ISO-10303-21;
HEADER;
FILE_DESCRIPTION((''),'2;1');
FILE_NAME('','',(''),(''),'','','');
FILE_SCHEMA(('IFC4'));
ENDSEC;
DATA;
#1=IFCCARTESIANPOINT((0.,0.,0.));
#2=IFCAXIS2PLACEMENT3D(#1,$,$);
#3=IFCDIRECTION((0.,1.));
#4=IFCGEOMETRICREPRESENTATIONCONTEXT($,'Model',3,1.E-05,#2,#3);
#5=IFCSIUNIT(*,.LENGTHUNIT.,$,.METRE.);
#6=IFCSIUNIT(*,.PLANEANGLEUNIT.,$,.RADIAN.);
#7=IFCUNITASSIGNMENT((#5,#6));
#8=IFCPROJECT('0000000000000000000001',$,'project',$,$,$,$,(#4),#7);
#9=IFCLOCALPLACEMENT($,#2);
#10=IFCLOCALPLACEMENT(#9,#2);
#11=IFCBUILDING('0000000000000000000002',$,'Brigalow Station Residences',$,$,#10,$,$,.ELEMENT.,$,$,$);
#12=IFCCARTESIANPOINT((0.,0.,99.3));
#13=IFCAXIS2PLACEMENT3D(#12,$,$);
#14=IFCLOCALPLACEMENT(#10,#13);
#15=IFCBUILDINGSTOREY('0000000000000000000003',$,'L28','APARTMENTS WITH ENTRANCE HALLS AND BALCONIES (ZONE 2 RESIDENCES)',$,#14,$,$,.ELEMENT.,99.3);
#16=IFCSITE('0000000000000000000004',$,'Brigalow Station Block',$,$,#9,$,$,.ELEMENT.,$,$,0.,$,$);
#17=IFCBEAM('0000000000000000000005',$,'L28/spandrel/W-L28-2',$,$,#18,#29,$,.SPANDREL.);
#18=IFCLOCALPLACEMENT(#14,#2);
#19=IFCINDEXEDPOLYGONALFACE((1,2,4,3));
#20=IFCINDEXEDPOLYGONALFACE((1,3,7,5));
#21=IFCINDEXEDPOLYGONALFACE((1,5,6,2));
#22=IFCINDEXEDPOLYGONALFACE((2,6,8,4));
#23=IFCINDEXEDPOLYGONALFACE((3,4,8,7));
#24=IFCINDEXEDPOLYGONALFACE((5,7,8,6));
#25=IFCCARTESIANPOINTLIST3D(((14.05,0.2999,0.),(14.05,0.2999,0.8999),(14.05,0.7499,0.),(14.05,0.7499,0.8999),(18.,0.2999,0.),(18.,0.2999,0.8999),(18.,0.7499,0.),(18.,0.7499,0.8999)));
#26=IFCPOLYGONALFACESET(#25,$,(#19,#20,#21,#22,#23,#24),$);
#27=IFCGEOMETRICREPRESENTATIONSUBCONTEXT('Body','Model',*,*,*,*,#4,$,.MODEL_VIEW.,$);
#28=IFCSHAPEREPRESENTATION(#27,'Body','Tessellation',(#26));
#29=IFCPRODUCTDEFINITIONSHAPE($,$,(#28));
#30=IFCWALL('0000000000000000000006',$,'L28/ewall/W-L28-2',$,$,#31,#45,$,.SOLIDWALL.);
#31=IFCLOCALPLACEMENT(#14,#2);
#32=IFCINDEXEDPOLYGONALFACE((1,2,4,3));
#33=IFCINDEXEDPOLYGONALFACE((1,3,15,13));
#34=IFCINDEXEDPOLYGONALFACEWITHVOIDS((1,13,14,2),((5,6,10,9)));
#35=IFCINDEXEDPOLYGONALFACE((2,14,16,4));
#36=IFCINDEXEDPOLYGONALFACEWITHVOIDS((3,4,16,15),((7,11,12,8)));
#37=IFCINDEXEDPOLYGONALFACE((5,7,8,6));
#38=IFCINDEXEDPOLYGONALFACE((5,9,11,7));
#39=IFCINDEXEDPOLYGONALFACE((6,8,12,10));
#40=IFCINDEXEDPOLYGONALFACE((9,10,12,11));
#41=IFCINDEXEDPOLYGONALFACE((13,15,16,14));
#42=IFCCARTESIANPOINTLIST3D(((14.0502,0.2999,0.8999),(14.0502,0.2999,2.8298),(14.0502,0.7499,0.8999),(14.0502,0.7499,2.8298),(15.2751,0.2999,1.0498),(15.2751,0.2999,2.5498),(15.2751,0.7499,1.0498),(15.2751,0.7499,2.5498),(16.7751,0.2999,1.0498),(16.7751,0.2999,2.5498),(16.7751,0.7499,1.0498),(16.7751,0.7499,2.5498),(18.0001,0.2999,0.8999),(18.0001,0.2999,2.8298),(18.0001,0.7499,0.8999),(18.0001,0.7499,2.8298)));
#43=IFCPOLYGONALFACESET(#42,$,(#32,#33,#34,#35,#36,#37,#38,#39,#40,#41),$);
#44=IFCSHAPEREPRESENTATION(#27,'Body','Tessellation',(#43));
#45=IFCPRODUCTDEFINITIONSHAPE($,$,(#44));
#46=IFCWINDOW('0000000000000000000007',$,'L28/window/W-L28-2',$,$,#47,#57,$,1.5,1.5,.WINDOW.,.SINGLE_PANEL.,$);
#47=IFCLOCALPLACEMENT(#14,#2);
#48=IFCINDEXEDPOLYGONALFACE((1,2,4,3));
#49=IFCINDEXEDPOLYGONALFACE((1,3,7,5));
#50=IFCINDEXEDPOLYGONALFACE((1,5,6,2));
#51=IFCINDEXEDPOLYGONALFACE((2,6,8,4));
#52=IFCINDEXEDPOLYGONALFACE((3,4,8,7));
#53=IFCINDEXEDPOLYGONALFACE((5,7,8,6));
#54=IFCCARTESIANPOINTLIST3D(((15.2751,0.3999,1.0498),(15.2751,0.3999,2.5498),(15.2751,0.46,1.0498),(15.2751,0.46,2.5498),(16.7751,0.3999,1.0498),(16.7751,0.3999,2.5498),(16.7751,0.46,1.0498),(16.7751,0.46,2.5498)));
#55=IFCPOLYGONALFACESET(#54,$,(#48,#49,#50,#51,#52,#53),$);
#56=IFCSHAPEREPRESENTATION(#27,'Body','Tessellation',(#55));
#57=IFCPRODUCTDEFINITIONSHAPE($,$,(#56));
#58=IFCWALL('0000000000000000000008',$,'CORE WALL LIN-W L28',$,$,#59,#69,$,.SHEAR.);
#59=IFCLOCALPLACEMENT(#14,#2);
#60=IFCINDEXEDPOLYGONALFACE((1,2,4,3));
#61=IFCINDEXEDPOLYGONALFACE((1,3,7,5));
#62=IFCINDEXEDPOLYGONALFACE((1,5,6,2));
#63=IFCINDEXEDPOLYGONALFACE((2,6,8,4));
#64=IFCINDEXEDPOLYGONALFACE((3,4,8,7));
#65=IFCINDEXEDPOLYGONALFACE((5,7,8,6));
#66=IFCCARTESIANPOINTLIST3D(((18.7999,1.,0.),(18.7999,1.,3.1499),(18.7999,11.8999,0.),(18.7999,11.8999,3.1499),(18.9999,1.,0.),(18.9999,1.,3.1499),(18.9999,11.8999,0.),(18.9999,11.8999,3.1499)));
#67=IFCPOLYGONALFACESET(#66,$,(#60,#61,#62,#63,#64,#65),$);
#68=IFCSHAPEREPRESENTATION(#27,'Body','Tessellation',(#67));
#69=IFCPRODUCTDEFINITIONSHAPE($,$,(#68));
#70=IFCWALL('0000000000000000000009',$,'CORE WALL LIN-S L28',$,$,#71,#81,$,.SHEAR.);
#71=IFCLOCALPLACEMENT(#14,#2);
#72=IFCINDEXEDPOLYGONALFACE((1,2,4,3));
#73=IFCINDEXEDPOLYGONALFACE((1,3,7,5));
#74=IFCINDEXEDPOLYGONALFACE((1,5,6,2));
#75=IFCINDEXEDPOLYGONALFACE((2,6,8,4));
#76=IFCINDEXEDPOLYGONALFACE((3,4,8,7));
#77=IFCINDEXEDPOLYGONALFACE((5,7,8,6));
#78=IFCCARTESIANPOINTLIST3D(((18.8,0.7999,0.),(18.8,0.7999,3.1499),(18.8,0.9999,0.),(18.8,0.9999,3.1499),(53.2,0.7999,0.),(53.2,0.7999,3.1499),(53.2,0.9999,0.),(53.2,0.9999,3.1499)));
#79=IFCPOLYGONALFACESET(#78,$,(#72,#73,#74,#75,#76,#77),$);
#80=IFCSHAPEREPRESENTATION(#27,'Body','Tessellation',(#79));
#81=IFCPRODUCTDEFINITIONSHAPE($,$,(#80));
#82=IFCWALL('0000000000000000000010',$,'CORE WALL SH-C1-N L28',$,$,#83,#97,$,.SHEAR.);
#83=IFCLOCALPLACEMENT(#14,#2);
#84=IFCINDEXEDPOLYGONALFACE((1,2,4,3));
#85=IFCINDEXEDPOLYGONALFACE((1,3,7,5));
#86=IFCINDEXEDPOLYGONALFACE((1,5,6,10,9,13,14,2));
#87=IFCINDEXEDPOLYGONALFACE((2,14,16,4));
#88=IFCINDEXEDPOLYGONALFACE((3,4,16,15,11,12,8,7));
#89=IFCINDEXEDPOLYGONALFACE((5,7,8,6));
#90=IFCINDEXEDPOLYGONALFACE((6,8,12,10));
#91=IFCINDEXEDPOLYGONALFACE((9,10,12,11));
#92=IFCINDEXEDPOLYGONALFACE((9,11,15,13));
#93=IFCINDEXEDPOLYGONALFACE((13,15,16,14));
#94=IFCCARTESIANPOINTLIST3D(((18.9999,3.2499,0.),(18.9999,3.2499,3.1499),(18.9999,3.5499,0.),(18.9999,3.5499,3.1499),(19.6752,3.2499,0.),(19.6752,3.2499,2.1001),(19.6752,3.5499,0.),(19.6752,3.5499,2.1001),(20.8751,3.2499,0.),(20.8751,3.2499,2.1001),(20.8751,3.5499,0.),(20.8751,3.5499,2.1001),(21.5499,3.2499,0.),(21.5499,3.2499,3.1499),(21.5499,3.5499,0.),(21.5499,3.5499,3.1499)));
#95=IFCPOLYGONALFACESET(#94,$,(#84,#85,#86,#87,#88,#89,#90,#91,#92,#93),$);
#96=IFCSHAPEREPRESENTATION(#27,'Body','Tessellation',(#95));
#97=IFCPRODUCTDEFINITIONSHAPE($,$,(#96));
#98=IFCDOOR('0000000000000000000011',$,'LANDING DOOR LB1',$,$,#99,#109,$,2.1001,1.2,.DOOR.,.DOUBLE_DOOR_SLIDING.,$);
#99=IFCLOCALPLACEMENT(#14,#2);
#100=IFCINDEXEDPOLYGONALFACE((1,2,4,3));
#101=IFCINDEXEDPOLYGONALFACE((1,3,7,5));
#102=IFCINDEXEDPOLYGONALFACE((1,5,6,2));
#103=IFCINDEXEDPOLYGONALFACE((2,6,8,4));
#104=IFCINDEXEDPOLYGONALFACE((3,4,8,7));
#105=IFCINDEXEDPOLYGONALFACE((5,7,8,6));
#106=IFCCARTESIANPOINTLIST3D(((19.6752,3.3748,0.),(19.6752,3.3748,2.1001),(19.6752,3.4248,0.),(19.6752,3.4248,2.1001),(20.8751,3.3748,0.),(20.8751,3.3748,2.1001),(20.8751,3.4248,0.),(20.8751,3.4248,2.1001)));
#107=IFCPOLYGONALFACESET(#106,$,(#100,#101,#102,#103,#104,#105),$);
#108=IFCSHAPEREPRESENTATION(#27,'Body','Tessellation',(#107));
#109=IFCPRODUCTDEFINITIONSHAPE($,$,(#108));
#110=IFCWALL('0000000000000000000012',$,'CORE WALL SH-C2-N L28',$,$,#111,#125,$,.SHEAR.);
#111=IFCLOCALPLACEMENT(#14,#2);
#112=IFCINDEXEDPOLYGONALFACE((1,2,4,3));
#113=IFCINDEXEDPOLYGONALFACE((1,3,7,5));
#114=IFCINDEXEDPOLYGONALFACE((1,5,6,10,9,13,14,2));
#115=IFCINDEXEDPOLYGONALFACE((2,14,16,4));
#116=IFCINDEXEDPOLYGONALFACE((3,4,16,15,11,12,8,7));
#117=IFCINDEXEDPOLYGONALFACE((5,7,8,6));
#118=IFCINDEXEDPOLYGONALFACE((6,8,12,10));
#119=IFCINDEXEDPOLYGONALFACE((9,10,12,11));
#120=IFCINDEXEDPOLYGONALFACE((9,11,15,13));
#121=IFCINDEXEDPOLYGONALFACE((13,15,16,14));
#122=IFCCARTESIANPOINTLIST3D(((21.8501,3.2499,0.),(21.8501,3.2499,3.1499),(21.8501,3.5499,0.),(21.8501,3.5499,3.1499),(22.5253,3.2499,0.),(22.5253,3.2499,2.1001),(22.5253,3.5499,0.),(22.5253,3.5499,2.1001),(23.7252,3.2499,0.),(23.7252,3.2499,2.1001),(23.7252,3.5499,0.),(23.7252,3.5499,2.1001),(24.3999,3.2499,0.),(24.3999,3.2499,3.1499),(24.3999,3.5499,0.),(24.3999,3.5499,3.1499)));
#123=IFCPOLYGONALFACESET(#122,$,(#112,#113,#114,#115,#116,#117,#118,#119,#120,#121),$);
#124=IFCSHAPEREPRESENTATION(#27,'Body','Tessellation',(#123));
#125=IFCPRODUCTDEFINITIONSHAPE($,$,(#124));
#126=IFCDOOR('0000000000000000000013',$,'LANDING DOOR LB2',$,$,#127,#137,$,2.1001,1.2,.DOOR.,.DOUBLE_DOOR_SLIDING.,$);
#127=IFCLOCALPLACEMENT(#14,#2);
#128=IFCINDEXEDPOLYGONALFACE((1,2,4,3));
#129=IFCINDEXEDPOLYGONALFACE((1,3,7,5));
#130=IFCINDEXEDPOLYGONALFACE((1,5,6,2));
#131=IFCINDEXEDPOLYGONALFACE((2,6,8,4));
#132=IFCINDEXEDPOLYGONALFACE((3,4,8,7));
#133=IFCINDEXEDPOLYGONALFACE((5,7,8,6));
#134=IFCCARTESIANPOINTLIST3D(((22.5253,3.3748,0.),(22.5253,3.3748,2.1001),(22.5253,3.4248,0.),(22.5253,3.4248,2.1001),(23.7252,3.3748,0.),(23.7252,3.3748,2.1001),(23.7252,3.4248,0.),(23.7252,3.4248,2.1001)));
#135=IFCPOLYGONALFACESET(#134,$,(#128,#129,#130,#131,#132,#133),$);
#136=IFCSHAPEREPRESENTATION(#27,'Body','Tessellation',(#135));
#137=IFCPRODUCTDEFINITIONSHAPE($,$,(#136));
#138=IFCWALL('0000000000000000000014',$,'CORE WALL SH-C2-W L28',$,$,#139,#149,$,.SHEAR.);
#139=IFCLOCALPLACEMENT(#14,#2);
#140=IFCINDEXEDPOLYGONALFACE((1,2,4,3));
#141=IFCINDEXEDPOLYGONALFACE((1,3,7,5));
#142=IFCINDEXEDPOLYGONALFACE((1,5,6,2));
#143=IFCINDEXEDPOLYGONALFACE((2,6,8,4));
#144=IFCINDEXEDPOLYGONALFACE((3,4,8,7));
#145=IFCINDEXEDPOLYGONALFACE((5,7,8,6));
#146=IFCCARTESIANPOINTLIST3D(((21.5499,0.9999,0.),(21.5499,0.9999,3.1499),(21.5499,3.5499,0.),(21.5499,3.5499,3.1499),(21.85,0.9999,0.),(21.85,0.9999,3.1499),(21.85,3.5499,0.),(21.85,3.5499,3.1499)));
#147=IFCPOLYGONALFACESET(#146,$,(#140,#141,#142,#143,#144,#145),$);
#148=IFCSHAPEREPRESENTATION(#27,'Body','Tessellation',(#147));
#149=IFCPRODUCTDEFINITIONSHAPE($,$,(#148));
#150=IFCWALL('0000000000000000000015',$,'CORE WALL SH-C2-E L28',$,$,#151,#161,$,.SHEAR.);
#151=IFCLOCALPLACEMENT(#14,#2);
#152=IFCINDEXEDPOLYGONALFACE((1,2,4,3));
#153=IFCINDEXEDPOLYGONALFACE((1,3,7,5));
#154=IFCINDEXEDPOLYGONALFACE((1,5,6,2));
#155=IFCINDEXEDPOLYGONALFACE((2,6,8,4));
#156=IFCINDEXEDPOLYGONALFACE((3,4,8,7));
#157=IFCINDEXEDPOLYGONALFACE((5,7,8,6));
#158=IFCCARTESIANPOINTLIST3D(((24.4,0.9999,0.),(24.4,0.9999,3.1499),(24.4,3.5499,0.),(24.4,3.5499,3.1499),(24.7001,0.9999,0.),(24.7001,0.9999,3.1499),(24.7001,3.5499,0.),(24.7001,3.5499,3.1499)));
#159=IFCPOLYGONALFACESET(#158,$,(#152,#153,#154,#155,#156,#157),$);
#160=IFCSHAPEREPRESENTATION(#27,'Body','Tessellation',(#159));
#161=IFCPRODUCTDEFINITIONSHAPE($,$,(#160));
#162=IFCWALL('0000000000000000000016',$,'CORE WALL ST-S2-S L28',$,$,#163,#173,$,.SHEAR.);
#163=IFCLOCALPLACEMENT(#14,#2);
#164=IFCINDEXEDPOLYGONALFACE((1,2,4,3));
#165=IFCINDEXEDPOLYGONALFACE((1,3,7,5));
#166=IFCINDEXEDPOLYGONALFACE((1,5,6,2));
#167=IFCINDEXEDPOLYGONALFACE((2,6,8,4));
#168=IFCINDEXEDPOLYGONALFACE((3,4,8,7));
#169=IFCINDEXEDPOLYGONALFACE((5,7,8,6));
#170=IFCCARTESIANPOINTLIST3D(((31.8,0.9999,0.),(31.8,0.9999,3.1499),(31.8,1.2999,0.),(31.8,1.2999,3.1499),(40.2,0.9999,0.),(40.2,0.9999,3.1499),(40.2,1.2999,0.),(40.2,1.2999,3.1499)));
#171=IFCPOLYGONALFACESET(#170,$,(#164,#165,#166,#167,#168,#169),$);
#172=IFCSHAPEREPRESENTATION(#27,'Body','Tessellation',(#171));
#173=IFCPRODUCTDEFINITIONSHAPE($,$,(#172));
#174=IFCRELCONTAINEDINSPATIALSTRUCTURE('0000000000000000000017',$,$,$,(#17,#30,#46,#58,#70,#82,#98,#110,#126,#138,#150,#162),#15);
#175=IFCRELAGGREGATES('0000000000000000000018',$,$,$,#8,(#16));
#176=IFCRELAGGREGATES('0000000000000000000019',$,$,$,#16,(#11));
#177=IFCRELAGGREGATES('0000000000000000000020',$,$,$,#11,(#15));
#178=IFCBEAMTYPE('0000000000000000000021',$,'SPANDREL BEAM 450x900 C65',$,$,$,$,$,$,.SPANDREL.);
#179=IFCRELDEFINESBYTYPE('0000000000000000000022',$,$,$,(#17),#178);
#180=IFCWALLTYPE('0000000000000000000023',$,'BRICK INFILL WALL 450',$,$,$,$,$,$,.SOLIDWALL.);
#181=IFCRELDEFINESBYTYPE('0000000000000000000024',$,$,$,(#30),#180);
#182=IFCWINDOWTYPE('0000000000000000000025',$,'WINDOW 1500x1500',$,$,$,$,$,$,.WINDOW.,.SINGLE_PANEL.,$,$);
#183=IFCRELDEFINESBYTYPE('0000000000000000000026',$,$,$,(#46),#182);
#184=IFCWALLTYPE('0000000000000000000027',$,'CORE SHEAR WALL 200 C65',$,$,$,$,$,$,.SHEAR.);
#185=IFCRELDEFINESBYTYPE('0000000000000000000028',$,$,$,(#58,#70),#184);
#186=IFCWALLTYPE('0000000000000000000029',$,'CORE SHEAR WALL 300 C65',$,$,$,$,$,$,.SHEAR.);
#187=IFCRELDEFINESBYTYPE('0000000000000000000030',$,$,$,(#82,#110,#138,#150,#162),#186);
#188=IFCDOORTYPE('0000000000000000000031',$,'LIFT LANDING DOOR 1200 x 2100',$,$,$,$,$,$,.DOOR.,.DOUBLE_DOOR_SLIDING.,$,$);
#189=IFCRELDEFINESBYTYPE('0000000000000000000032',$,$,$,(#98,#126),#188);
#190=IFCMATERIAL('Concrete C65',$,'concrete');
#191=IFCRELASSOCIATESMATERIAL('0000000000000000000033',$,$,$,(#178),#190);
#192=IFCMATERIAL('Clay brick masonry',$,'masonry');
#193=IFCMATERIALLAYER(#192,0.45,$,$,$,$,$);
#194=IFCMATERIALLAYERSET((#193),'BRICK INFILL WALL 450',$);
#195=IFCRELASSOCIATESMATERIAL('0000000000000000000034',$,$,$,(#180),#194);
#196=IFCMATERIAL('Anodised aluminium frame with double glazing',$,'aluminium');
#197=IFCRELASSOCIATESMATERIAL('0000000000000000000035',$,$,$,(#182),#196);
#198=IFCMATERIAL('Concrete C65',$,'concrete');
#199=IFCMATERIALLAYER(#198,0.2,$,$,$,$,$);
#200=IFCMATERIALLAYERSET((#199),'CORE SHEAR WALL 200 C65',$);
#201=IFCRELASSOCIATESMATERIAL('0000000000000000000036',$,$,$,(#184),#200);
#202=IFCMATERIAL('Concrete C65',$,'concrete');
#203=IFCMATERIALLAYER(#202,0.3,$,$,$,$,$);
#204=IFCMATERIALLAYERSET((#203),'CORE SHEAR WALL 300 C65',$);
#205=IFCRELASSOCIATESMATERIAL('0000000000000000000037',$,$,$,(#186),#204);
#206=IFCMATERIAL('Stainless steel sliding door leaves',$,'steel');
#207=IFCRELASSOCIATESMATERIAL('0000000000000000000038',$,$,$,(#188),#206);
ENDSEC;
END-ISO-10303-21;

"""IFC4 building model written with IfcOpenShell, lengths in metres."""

from ifc_helpers import new_model, si_unit, direction, frame, frame_2d, origin, origin_2d, place, context, subcontext, project, spatial, rectangle, extrude, material, layer, layer_set, material_profile, profile_set, type_object, element, fill, save


model = new_model("IFC4")

# Units and contexts
model_context = context("Model", 3, precision=1e-05, world=origin(), true_north=direction((0.0, 1.0)))
body_context = subcontext(model_context, "Body", "Model", "MODEL_VIEW")
ifc_project = project(units=[si_unit("LENGTHUNIT", "METRE"), si_unit("PLANEANGLEUNIT", "RADIAN")], contexts=[model_context])

# Site, building, storey
site_placement = place(None, origin())
site = spatial("IfcSite", under=ifc_project, at=site_placement, Name="Brigalow Station Block", CompositionType="ELEMENT", RefElevation=0.0)
building_placement = place(site_placement, origin())
building = spatial("IfcBuilding", under=site, at=building_placement, Name="Brigalow Station Residences", CompositionType="ELEMENT")
storey_placement = place(building_placement, frame((0.0, 0.0, 99.3)))
storey = spatial("IfcBuildingStorey", under=building, at=storey_placement, Name="L28", Description="APARTMENTS WITH ENTRANCE HALLS AND BALCONIES (ZONE 2 RESIDENCES)", CompositionType="ELEMENT", Elevation=99.3)

# Beam
ifc_material_1 = material(Name="Concrete C65", Category="concrete")
ifc_material_profile = material_profile(ifc_material_1, rectangle(XDim=0.45, YDim=0.8999, at=origin_2d()), Name="RC450x900")
ifc_profile_set = profile_set([ifc_material_profile], Name="Concrete C65")
beam_type = type_object("IfcBeamType", Name="SPANDREL BEAM 450x900 C65", PredefinedType="SPANDREL", material=ifc_profile_set)
beam_placement = place(storey_placement, frame((14.05, 0.5249, 0.45), z_axis=(1.0, 0.0, 0.0), x_axis=(0.0, 1.0, 0.0)))
element("IfcBeam", 1, at=beam_placement, inside=storey, type_object=beam_type, Name="L28/spandrel/W-L28-2", PredefinedType="SPANDREL", context=body_context, shape_type="SweptSolid", body=[
    extrude(rectangle(XDim=0.45, YDim=0.8999, at=origin_2d()), origin(), (0.0, 0.0, 1.0), 3.95),
])

# Wall, opening, window
ifc_material_2 = material(Name="Clay brick masonry", Category="masonry")
ifc_layer_1 = layer(ifc_material_2, 0.45)
ifc_layer_set_1 = layer_set([ifc_layer_1], Name="BRICK INFILL WALL 450")
wall_type_1 = type_object("IfcWallType", Name="BRICK INFILL WALL 450", PredefinedType="SOLIDWALL", material=ifc_layer_set_1)
wall_1_placement = place(storey_placement, frame((14.05, 0.5249, 0.8999), z_axis=(0.0, 0.0, 1.0), x_axis=(1.0, 0.0, 0.0)))
wall_1 = element("IfcWall", 2, at=wall_1_placement, inside=storey, type_object=wall_type_1, Name="L28/ewall/W-L28-2", PredefinedType="SOLIDWALL", context=body_context, shape_type="SweptSolid", body=[
    extrude(rectangle(XDim=3.95, YDim=0.45, at=frame_2d((1.9751, 0.0))), origin(), (0.0, 0.0, 1.0), 1.9299),
])
opening_1_placement = place(wall_1_placement, frame((1.2251, 0.0, 0.1499)))
opening_1 = element("IfcOpeningElement", 3, at=opening_1_placement, cuts=wall_1, PredefinedType="OPENING", context=body_context, shape_type="SweptSolid", body=[
    extrude(rectangle(XDim=1.5, YDim=1.5, at=frame_2d((0.75, 0.75))), frame((0.0, 0.2349, 0.0), z_axis=(0.0, -1.0, 0.0), x_axis=(1.0, 0.0, 0.0)), (0.0, 0.0, 1.0), 0.47),
])
ifc_material_3 = material(Name="Anodised aluminium frame with double glazing", Category="aluminium")
window_type = type_object("IfcWindowType", Name="WINDOW 1500x1500", PartitioningType="SINGLE_PANEL", PredefinedType="WINDOW", material=ifc_material_3)
window_placement = place(opening_1_placement, origin())
window = element("IfcWindow", 4, at=window_placement, inside=storey, type_object=window_type, Name="L28/window/W-L28-2", OverallHeight=1.5, OverallWidth=1.5, PartitioningType="SINGLE_PANEL", PredefinedType="WINDOW", context=body_context, shape_type="SweptSolid", body=[
    extrude(rectangle(XDim=1.5, YDim=1.5, at=frame_2d((0.75, 0.75))), frame((0.0, -0.0649, 0.0), z_axis=(0.0, -1.0, 0.0), x_axis=(1.0, 0.0, 0.0)), (0.0, 0.0, 1.0), 0.0601),
])
fill(opening_1, window)

# Walls
ifc_material_4 = material(Name="Concrete C65", Category="concrete")
ifc_layer_2 = layer(ifc_material_4, 0.2)
ifc_layer_set_2 = layer_set([ifc_layer_2], Name="CORE SHEAR WALL 200 C65")
wall_type_2 = type_object("IfcWallType", Name="CORE SHEAR WALL 200 C65", PredefinedType="SHEAR", material=ifc_layer_set_2)
wall_2_placement = place(storey_placement, frame((18.8999, 1.0, 0.0), z_axis=(0.0, 0.0, 1.0), x_axis=(0.0, 1.0, 0.0)))
element("IfcWall", 5, at=wall_2_placement, inside=storey, type_object=wall_type_2, Name="CORE WALL LIN-W L28", PredefinedType="SHEAR", context=body_context, shape_type="SweptSolid", body=[
    extrude(rectangle(XDim=10.8999, YDim=0.2, at=frame_2d((5.45, 0.0))), origin(), (0.0, 0.0, 1.0), 3.1499),
])
wall_3_placement = place(storey_placement, frame((18.8, 0.8999, 0.0), z_axis=(0.0, 0.0, 1.0), x_axis=(1.0, 0.0, 0.0)))
element("IfcWall", 6, at=wall_3_placement, inside=storey, type_object=wall_type_2, Name="CORE WALL LIN-S L28", PredefinedType="SHEAR", context=body_context, shape_type="SweptSolid", body=[
    extrude(rectangle(XDim=34.3999, YDim=0.2, at=frame_2d((17.2, 0.0))), origin(), (0.0, 0.0, 1.0), 3.1499),
])

# Walls, openings, doors
ifc_material_5 = material(Name="Concrete C65", Category="concrete")
ifc_layer_3 = layer(ifc_material_5, 0.3)
ifc_layer_set_3 = layer_set([ifc_layer_3], Name="CORE SHEAR WALL 300 C65")
wall_type_3 = type_object("IfcWallType", Name="CORE SHEAR WALL 300 C65", PredefinedType="SHEAR", material=ifc_layer_set_3)
wall_4_placement = place(storey_placement, frame((19.0, 3.3999, 0.0), z_axis=(0.0, 0.0, 1.0), x_axis=(1.0, 0.0, 0.0)))
wall_4 = element("IfcWall", 7, at=wall_4_placement, inside=storey, type_object=wall_type_3, Name="CORE WALL SH-C1-N L28", PredefinedType="SHEAR", context=body_context, shape_type="SweptSolid", body=[
    extrude(rectangle(XDim=2.55, YDim=0.3, at=frame_2d((1.2749, 0.0))), origin(), (0.0, 0.0, 1.0), 3.1499),
])
opening_2_placement = place(wall_4_placement, frame((0.675, 0.0, 0.0)))
opening_2 = element("IfcOpeningElement", 8, at=opening_2_placement, cuts=wall_4, PredefinedType="OPENING", context=body_context, shape_type="SweptSolid", body=[
    extrude(rectangle(XDim=1.2, YDim=2.1001, at=frame_2d((0.6001, 1.05))), frame((0.0, 0.1602, 0.0), z_axis=(0.0, -1.0, 0.0), x_axis=(1.0, 0.0, 0.0)), (0.0, 0.0, 1.0), 0.3201),
])
ifc_material_6 = material(Name="Stainless steel sliding door leaves", Category="steel")
door_type = type_object("IfcDoorType", Name="LIFT LANDING DOOR 1200 x 2100", OperationType="DOUBLE_DOOR_SLIDING", PredefinedType="DOOR", material=ifc_material_6)
door_1_placement = place(opening_2_placement, origin())
door_1 = element("IfcDoor", 9, at=door_1_placement, inside=storey, type_object=door_type, Name="LANDING DOOR LB1", OperationType="DOUBLE_DOOR_SLIDING", OverallHeight=2.1001, OverallWidth=1.2, PredefinedType="DOOR", context=body_context, shape_type="SweptSolid", body=[
    extrude(rectangle(XDim=1.2, YDim=2.1001, at=frame_2d((0.6001, 1.05))), frame((0.0, 0.0249, 0.0), z_axis=(0.0, -1.0, 0.0), x_axis=(1.0, 0.0, 0.0)), (0.0, 0.0, 1.0), 0.05),
])
fill(opening_2, door_1)
wall_5_placement = place(storey_placement, frame((21.8501, 3.3999, 0.0), z_axis=(0.0, 0.0, 1.0), x_axis=(1.0, 0.0, 0.0)))
wall_5 = element("IfcWall", 10, at=wall_5_placement, inside=storey, type_object=wall_type_3, Name="CORE WALL SH-C2-N L28", PredefinedType="SHEAR", context=body_context, shape_type="SweptSolid", body=[
    extrude(rectangle(XDim=2.5498, YDim=0.3, at=frame_2d((1.2749, 0.0))), origin(), (0.0, 0.0, 1.0), 3.1499),
])
opening_3_placement = place(wall_5_placement, frame((0.675, 0.0, 0.0)))
opening_3 = element("IfcOpeningElement", 11, at=opening_3_placement, cuts=wall_5, PredefinedType="OPENING", context=body_context, shape_type="SweptSolid", body=[
    extrude(rectangle(XDim=1.2, YDim=2.1001, at=frame_2d((0.6001, 1.05))), frame((0.0, 0.1602, 0.0), z_axis=(0.0, -1.0, 0.0), x_axis=(1.0, 0.0, 0.0)), (0.0, 0.0, 1.0), 0.3201),
])
door_2_placement = place(opening_3_placement, origin())
door_2 = element("IfcDoor", 12, at=door_2_placement, inside=storey, type_object=door_type, Name="LANDING DOOR LB2", OperationType="DOUBLE_DOOR_SLIDING", OverallHeight=2.1001, OverallWidth=1.2, PredefinedType="DOOR", context=body_context, shape_type="SweptSolid", body=[
    extrude(rectangle(XDim=1.2, YDim=2.1001, at=frame_2d((0.6001, 1.05))), frame((0.0, 0.0249, 0.0), z_axis=(0.0, -1.0, 0.0), x_axis=(1.0, 0.0, 0.0)), (0.0, 0.0, 1.0), 0.05),
])
fill(opening_3, door_2)

# Walls
for number, where, z_axis, x_axis, name in (
    (13, (21.7, 1.0, 0.0), (0.0, 0.0, 1.0), (0.0, 1.0, 0.0), "CORE WALL SH-C2-W L28"),
    (14, (24.55, 1.0, 0.0), (0.0, 0.0, 1.0), (0.0, 1.0, 0.0), "CORE WALL SH-C2-E L28"),
):
    element("IfcWall", number, at=place(storey_placement, frame(where, z_axis=z_axis, x_axis=x_axis)), inside=storey, type_object=wall_type_3, Name=name, PredefinedType="SHEAR", context=body_context, shape_type="SweptSolid", body=[
        extrude(rectangle(XDim=2.55, YDim=0.3, at=frame_2d((1.2749, 0.0))), origin(), (0.0, 0.0, 1.0), 3.1499),
    ])
wall_6_placement = place(storey_placement, frame((31.8, 1.1499, 0.0), z_axis=(0.0, 0.0, 1.0), x_axis=(1.0, 0.0, 0.0)))
element("IfcWall", 15, at=wall_6_placement, inside=storey, type_object=wall_type_3, Name="CORE WALL ST-S2-S L28", PredefinedType="SHEAR", context=body_context, shape_type="SweptSolid", body=[
    extrude(rectangle(XDim=8.3999, YDim=0.3, at=frame_2d((4.2, 0.0))), origin(), (0.0, 0.0, 1.0), 3.1499),
])

save(model, "model.ifc")
